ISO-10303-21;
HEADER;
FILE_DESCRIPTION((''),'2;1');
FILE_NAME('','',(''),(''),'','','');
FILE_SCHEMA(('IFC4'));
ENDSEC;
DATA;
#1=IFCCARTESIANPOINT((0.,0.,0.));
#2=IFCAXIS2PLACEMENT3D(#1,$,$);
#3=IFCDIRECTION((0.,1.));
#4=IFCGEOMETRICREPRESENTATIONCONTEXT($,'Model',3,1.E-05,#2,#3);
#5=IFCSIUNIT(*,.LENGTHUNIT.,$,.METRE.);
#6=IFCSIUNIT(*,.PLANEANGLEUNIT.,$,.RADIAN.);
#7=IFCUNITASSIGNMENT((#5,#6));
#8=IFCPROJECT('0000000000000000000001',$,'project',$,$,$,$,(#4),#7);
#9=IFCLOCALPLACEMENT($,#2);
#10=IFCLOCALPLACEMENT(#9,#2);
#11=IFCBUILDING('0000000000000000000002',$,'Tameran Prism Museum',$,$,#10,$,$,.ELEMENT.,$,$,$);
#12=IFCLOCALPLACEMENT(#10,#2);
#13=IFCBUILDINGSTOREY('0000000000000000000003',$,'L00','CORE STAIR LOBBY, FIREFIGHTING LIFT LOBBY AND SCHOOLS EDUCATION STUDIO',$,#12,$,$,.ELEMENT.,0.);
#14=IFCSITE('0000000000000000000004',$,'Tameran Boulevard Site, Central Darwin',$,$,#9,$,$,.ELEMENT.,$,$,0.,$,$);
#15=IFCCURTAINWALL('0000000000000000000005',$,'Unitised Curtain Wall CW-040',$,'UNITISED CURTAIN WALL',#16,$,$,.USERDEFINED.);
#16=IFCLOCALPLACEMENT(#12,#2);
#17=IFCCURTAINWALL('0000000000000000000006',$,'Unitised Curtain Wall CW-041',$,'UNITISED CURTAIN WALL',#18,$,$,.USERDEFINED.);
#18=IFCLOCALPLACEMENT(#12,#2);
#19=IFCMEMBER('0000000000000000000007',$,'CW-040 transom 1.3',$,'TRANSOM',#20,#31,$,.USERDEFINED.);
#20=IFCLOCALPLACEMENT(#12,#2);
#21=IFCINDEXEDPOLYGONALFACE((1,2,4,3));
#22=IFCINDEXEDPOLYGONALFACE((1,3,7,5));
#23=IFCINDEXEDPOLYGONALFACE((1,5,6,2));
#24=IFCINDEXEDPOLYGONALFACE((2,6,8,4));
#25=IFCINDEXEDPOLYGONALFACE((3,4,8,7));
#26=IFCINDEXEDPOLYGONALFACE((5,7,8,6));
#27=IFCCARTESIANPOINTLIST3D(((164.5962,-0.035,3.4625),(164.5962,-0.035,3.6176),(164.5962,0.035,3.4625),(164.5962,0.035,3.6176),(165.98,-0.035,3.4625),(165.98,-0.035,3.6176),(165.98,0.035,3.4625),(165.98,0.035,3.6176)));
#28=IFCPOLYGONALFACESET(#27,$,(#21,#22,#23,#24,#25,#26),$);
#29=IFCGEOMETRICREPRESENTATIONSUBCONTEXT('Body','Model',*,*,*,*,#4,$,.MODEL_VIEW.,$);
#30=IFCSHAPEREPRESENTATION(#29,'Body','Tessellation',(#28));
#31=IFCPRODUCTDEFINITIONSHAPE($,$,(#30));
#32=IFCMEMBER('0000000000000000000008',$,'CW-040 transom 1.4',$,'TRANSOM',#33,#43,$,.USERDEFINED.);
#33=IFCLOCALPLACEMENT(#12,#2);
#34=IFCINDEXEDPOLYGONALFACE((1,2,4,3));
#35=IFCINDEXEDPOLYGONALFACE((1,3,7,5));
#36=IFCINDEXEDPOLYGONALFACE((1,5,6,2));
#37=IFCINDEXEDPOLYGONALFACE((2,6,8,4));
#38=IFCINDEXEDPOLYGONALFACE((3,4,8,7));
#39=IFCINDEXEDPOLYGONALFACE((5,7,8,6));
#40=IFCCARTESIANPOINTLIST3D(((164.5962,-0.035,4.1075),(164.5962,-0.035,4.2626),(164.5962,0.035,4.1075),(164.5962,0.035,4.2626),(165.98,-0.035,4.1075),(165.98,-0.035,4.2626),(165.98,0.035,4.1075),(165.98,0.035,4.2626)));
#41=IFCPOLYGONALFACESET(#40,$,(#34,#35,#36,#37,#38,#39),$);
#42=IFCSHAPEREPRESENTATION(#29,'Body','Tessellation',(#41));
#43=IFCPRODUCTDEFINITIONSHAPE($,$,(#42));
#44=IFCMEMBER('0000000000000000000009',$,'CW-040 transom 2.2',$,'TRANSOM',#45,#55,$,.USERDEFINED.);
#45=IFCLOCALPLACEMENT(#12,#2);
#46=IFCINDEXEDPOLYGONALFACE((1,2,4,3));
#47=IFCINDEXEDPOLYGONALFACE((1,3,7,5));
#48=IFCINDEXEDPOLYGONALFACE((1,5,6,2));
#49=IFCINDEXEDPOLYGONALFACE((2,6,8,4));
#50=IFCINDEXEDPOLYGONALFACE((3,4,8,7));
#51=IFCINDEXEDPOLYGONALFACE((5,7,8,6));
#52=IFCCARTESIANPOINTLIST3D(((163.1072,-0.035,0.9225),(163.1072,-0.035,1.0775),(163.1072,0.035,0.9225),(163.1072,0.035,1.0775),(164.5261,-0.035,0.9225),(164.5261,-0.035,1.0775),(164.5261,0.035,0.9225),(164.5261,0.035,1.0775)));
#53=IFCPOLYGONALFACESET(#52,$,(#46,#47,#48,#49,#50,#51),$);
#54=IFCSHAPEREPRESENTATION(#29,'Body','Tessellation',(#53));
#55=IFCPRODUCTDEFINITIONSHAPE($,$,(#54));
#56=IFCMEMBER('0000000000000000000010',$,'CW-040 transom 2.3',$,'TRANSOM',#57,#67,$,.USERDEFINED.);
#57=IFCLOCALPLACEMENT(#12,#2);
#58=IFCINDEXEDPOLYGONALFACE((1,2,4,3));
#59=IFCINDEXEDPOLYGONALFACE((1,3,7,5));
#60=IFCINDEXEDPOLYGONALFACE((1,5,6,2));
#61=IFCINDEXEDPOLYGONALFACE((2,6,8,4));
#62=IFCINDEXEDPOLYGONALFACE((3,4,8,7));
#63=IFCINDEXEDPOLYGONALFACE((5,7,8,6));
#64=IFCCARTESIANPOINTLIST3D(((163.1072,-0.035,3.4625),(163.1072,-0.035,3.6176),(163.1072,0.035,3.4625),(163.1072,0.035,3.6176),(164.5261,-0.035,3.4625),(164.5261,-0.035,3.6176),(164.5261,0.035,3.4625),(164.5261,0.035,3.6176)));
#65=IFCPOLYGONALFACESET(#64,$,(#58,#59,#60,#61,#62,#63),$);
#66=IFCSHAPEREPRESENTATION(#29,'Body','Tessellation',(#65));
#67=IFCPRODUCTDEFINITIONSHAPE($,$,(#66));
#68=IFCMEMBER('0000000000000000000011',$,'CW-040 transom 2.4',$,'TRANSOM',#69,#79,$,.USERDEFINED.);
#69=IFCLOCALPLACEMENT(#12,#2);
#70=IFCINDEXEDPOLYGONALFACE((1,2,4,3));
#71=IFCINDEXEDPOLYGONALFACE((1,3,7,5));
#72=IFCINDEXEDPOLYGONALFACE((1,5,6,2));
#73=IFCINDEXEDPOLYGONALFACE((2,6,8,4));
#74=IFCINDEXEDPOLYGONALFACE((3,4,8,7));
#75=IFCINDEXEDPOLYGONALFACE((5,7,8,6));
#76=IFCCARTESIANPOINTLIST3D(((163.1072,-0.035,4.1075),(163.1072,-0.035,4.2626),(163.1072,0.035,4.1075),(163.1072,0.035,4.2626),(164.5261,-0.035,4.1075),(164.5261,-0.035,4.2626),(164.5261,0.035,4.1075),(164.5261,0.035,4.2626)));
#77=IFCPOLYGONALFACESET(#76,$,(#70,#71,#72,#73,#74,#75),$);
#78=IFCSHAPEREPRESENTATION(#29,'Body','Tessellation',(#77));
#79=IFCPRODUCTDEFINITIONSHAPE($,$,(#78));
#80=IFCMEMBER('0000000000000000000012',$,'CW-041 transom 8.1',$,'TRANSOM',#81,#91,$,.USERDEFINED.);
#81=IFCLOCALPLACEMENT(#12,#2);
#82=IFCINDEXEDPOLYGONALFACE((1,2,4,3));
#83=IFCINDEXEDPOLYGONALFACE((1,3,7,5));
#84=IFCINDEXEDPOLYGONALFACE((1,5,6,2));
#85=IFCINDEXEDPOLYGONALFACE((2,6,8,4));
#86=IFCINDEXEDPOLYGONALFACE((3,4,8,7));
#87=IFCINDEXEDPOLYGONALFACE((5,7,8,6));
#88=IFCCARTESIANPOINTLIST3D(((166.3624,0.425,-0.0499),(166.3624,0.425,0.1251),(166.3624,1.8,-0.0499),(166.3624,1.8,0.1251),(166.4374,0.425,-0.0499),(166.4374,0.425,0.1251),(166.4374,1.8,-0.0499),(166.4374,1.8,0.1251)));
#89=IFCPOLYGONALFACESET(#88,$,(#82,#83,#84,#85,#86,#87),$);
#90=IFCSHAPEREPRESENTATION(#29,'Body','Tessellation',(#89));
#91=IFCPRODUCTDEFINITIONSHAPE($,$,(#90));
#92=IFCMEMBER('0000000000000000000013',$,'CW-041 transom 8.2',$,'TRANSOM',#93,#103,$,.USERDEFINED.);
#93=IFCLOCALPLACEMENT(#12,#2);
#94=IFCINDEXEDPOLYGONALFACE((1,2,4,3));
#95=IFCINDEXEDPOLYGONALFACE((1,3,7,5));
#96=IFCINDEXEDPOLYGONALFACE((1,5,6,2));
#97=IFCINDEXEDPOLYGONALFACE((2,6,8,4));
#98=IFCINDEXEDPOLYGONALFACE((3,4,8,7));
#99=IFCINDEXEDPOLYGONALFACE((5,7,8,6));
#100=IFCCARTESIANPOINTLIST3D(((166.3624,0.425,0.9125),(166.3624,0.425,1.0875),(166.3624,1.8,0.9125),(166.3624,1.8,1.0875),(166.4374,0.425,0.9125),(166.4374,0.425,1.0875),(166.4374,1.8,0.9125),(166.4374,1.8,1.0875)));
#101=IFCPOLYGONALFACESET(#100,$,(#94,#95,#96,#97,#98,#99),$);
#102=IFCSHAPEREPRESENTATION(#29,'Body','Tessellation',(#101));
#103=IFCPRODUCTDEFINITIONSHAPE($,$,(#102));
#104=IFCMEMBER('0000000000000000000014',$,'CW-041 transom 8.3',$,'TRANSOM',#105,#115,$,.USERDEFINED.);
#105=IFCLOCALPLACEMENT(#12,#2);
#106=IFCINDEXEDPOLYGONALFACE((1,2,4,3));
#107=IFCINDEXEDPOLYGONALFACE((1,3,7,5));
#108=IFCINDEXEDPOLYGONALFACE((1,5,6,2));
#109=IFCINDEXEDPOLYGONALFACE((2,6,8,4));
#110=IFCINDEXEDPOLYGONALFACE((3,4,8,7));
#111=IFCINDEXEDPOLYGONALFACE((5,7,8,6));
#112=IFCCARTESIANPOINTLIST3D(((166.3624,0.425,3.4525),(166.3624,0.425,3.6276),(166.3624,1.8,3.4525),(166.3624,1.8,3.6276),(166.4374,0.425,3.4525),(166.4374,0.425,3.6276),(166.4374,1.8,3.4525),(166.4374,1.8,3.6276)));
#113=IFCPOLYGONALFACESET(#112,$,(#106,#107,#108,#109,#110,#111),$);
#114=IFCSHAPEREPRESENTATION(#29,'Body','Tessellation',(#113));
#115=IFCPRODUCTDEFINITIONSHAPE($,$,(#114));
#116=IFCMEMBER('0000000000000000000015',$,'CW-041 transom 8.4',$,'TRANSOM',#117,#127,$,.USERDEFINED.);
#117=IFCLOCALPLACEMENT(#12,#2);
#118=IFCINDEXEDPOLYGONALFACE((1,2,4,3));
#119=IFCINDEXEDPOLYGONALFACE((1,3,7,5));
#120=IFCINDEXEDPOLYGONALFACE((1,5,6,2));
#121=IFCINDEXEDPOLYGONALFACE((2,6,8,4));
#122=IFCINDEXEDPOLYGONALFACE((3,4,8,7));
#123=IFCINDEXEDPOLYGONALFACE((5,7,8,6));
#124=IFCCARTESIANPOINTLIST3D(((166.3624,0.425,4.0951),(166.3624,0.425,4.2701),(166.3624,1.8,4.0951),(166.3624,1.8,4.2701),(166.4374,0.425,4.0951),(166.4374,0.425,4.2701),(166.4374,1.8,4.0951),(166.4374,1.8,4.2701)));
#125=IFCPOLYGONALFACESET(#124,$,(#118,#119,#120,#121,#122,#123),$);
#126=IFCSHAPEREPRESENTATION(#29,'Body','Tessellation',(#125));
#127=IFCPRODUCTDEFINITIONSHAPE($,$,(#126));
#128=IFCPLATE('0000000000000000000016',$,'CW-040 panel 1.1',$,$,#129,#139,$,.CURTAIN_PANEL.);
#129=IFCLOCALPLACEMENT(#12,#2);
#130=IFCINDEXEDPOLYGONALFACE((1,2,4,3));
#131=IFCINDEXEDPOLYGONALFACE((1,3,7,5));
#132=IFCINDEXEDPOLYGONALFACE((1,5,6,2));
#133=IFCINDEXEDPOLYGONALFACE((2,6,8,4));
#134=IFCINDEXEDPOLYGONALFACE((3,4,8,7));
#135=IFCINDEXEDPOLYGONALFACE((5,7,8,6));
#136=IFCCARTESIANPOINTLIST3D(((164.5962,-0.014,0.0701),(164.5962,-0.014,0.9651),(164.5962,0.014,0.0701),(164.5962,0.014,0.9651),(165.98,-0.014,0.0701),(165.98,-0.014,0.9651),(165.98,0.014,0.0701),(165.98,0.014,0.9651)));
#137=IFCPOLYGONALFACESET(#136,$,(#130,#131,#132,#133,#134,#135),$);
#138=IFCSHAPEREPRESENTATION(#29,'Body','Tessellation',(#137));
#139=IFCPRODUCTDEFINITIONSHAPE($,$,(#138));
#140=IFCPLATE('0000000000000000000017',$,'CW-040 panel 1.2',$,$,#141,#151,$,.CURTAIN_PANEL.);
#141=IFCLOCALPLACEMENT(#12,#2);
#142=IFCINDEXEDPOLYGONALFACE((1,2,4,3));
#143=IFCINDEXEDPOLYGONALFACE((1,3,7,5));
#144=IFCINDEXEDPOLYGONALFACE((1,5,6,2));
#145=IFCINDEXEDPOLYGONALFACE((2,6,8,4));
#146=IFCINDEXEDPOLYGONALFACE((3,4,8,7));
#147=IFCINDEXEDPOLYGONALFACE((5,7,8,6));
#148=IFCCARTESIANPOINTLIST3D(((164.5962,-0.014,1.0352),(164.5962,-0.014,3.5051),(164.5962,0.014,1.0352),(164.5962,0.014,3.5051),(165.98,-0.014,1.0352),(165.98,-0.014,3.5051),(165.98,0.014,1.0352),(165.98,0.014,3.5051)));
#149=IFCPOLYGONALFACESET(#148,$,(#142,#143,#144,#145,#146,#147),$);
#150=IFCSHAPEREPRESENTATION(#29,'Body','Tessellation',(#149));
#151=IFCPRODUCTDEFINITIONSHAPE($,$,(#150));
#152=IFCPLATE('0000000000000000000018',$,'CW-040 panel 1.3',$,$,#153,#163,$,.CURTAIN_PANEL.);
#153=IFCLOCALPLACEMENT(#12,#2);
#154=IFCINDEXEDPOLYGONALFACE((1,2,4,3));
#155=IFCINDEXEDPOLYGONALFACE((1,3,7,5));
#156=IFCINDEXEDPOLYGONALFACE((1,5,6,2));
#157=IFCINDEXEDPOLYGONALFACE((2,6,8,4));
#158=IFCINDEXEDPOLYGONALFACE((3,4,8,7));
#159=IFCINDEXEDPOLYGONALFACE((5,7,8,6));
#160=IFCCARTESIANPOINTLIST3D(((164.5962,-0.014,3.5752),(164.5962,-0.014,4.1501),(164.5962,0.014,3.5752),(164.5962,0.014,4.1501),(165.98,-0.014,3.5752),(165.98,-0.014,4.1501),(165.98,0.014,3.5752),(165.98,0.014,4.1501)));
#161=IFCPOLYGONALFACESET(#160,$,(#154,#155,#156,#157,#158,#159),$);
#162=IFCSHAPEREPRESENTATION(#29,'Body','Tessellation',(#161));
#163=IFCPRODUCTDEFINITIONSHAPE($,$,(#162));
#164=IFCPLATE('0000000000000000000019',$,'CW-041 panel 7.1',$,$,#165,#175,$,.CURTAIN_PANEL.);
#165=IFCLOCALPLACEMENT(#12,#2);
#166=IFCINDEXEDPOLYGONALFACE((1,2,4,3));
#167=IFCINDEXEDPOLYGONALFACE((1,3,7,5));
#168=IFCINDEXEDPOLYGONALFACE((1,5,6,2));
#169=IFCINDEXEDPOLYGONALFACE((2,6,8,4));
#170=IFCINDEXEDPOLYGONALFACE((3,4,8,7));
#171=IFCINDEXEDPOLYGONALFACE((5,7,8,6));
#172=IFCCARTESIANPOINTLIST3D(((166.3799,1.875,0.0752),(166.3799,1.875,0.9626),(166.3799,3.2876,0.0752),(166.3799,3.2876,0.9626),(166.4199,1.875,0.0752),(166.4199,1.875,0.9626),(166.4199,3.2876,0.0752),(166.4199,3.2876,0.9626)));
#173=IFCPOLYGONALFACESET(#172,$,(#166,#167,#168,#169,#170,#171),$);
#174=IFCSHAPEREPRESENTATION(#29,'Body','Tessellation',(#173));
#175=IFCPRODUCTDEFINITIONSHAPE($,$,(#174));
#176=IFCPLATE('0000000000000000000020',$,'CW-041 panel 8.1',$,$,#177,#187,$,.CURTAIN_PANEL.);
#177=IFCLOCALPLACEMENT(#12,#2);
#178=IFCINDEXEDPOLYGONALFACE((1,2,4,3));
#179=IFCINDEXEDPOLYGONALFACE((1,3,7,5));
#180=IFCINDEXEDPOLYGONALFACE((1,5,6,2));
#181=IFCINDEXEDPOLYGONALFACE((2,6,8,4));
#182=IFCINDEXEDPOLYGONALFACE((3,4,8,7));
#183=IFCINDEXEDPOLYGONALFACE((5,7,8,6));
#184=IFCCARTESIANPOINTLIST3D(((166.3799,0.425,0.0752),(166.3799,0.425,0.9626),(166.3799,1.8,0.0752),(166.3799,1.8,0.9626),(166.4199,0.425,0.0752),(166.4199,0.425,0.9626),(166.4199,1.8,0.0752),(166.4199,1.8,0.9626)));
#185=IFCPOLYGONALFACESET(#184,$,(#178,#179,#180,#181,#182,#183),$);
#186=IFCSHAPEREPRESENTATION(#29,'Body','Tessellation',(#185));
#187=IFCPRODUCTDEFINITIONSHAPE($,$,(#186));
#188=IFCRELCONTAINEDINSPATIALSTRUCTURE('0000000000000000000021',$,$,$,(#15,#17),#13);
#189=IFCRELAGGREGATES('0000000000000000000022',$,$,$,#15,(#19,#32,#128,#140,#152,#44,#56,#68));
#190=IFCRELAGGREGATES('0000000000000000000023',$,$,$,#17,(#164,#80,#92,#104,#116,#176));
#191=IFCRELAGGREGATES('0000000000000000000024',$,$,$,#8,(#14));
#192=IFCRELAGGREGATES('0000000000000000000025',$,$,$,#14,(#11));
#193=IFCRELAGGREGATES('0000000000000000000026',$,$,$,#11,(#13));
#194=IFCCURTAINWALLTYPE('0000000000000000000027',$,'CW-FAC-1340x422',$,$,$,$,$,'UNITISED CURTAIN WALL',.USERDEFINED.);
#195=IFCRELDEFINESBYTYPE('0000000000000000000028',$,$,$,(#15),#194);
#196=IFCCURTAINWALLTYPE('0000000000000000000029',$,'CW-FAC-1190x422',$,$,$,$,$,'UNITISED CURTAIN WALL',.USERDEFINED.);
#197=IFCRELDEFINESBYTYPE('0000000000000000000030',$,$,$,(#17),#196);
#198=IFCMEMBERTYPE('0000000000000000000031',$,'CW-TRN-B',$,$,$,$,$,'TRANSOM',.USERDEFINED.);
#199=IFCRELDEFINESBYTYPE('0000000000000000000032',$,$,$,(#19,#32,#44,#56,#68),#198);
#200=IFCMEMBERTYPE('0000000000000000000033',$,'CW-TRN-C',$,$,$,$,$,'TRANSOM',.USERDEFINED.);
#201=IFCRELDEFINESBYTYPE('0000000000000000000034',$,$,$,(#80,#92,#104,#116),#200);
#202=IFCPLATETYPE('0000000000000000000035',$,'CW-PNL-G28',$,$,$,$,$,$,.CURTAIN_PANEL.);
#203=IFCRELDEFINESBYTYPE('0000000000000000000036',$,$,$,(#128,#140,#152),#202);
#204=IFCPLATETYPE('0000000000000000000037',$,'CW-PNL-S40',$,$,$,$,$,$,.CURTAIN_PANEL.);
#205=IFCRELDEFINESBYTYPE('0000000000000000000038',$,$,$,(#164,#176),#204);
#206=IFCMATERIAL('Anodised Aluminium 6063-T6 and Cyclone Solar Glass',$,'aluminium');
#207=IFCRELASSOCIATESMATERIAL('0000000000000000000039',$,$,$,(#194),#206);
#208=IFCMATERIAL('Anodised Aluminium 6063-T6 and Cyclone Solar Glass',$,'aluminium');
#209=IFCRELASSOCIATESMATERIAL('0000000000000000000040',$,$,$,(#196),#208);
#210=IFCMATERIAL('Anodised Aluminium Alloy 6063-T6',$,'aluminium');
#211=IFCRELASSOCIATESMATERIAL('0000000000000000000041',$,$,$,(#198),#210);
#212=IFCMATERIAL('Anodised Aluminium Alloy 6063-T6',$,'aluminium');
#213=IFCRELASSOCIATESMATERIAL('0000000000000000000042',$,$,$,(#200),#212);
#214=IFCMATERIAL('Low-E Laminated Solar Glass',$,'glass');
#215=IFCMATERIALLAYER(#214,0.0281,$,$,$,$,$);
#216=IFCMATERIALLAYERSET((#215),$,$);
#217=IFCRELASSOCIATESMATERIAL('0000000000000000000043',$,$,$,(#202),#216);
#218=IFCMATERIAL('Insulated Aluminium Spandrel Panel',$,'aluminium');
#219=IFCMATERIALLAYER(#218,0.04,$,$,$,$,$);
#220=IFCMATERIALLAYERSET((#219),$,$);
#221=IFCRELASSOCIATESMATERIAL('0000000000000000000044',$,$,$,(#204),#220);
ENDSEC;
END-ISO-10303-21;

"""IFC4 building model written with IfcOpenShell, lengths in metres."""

from ifc_helpers import new_model, si_unit, direction, frame, origin, origin_2d, place, context, subcontext, project, spatial, rectangle, extrude, material, layer, layer_set, material_profile, profile_set, type_object, element, aggregate, save


model = new_model("IFC4")

# Units and contexts
model_context = context("Model", 3, precision=1e-05, world=origin(), true_north=direction((0.0, 1.0)))
body_context = subcontext(model_context, "Body", "Model", "MODEL_VIEW")
ifc_project = project(units=[si_unit("LENGTHUNIT", "METRE"), si_unit("PLANEANGLEUNIT", "RADIAN")], contexts=[model_context])

# Site, building, storey
site_placement = place(None, origin())
site = spatial("IfcSite", under=ifc_project, at=site_placement, Name="Tameran Boulevard Site, Central Darwin", CompositionType="ELEMENT", RefElevation=0.0)
building_placement = place(site_placement, origin())
building = spatial("IfcBuilding", under=site, at=building_placement, Name="Tameran Prism Museum", CompositionType="ELEMENT")
storey_placement = place(building_placement, origin())
storey = spatial("IfcBuildingStorey", under=building, at=storey_placement, Name="L00", Description="CORE STAIR LOBBY, FIREFIGHTING LIFT LOBBY AND SCHOOLS EDUCATION STUDIO", CompositionType="ELEMENT", Elevation=0.0)

# Curtain walls
ifc_material_1 = material(Name="Anodised Aluminium 6063-T6 and Cyclone Solar Glass", Category="aluminium")
curtain_wall_type_1 = type_object("IfcCurtainWallType", Name="CW-FAC-1340x422", ElementType="UNITISED CURTAIN WALL", PredefinedType="USERDEFINED", material=ifc_material_1)
curtain_wall_1_placement = place(storey_placement, origin())
curtain_wall_1 = element("IfcCurtainWall", 1, at=curtain_wall_1_placement, inside=storey, type_object=curtain_wall_type_1, Name="Unitised Curtain Wall CW-040", ObjectType="UNITISED CURTAIN WALL", PredefinedType="USERDEFINED")
ifc_material_2 = material(Name="Anodised Aluminium 6063-T6 and Cyclone Solar Glass", Category="aluminium")
curtain_wall_type_2 = type_object("IfcCurtainWallType", Name="CW-FAC-1190x422", ElementType="UNITISED CURTAIN WALL", PredefinedType="USERDEFINED", material=ifc_material_2)
curtain_wall_2_placement = place(storey_placement, origin())
curtain_wall_2 = element("IfcCurtainWall", 2, at=curtain_wall_2_placement, inside=storey, type_object=curtain_wall_type_2, Name="Unitised Curtain Wall CW-041", ObjectType="UNITISED CURTAIN WALL", PredefinedType="USERDEFINED")

# Members
ifc_material_3 = material(Name="Anodised Aluminium Alloy 6063-T6", Category="aluminium")
ifc_material_profile_1 = material_profile(ifc_material_3, rectangle(XDim=0.0701, YDim=0.155, at=origin_2d()))
ifc_profile_set_1 = profile_set([ifc_material_profile_1])
member_type_1 = type_object("IfcMemberType", Name="CW-TRN-B", ElementType="TRANSOM", PredefinedType="USERDEFINED", material=ifc_profile_set_1)
member_1_placement = place(storey_placement, frame((165.98, 0.0, 3.54), z_axis=(-1.0, 0.0, 0.0), x_axis=(0.0, -1.0, 0.0)))
member_1 = element("IfcMember", 3, at=member_1_placement, type_object=member_type_1, Name="CW-040 transom 1.3", ObjectType="TRANSOM", PredefinedType="USERDEFINED", context=body_context, shape_type="SweptSolid", body=[
    extrude(rectangle(XDim=0.0701, YDim=0.155, at=origin_2d()), origin(), (0.0, 0.0, 1.0), 1.3838),
])
member_2_placement = place(storey_placement, frame((165.98, 0.0, 4.1851), z_axis=(-1.0, 0.0, 0.0), x_axis=(0.0, -1.0, 0.0)))
member_2 = element("IfcMember", 4, at=member_2_placement, type_object=member_type_1, Name="CW-040 transom 1.4", ObjectType="TRANSOM", PredefinedType="USERDEFINED", context=body_context, shape_type="SweptSolid", body=[
    extrude(rectangle(XDim=0.0701, YDim=0.155, at=origin_2d()), origin(), (0.0, 0.0, 1.0), 1.3838),
])
member_3_placement = place(storey_placement, frame((164.5261, 0.0, 1.0), z_axis=(-1.0, 0.0, 0.0), x_axis=(0.0, -1.0, 0.0)))
member_3 = element("IfcMember", 5, at=member_3_placement, type_object=member_type_1, Name="CW-040 transom 2.2", ObjectType="TRANSOM", PredefinedType="USERDEFINED", context=body_context, shape_type="SweptSolid", body=[
    extrude(rectangle(XDim=0.0701, YDim=0.155, at=origin_2d()), origin(), (0.0, 0.0, 1.0), 1.4189),
])
member_4_placement = place(storey_placement, frame((164.5261, 0.0, 3.54), z_axis=(-1.0, 0.0, 0.0), x_axis=(0.0, -1.0, 0.0)))
member_4 = element("IfcMember", 6, at=member_4_placement, type_object=member_type_1, Name="CW-040 transom 2.3", ObjectType="TRANSOM", PredefinedType="USERDEFINED", context=body_context, shape_type="SweptSolid", body=[
    extrude(rectangle(XDim=0.0701, YDim=0.155, at=origin_2d()), origin(), (0.0, 0.0, 1.0), 1.4189),
])
member_5_placement = place(storey_placement, frame((164.5261, 0.0, 4.1851), z_axis=(-1.0, 0.0, 0.0), x_axis=(0.0, -1.0, 0.0)))
member_5 = element("IfcMember", 7, at=member_5_placement, type_object=member_type_1, Name="CW-040 transom 2.4", ObjectType="TRANSOM", PredefinedType="USERDEFINED", context=body_context, shape_type="SweptSolid", body=[
    extrude(rectangle(XDim=0.0701, YDim=0.155, at=origin_2d()), origin(), (0.0, 0.0, 1.0), 1.4189),
])
ifc_material_4 = material(Name="Anodised Aluminium Alloy 6063-T6", Category="aluminium")
ifc_material_profile_2 = material_profile(ifc_material_4, rectangle(XDim=0.075, YDim=0.175, at=origin_2d()))
ifc_profile_set_2 = profile_set([ifc_material_profile_2])
member_type_2 = type_object("IfcMemberType", Name="CW-TRN-C", ElementType="TRANSOM", PredefinedType="USERDEFINED", material=ifc_profile_set_2)
member_6_placement = place(storey_placement, frame((166.3999, 1.8, 0.0376), z_axis=(0.0, -1.0, 0.0), x_axis=(1.0, 0.0, 0.0)))
member_6 = element("IfcMember", 8, at=member_6_placement, type_object=member_type_2, Name="CW-041 transom 8.1", ObjectType="TRANSOM", PredefinedType="USERDEFINED", context=body_context, shape_type="SweptSolid", body=[
    extrude(rectangle(XDim=0.075, YDim=0.175, at=origin_2d()), origin(), (0.0, 0.0, 1.0), 1.375),
])
member_7_placement = place(storey_placement, frame((166.3999, 1.8, 1.0), z_axis=(0.0, -1.0, 0.0), x_axis=(1.0, 0.0, 0.0)))
member_7 = element("IfcMember", 9, at=member_7_placement, type_object=member_type_2, Name="CW-041 transom 8.2", ObjectType="TRANSOM", PredefinedType="USERDEFINED", context=body_context, shape_type="SweptSolid", body=[
    extrude(rectangle(XDim=0.075, YDim=0.175, at=origin_2d()), origin(), (0.0, 0.0, 1.0), 1.375),
])
member_8_placement = place(storey_placement, frame((166.3999, 1.8, 3.54), z_axis=(0.0, -1.0, 0.0), x_axis=(1.0, 0.0, 0.0)))
member_8 = element("IfcMember", 10, at=member_8_placement, type_object=member_type_2, Name="CW-041 transom 8.3", ObjectType="TRANSOM", PredefinedType="USERDEFINED", context=body_context, shape_type="SweptSolid", body=[
    extrude(rectangle(XDim=0.075, YDim=0.175, at=origin_2d()), origin(), (0.0, 0.0, 1.0), 1.375),
])
member_9_placement = place(storey_placement, frame((166.3999, 1.8, 4.1826), z_axis=(0.0, -1.0, 0.0), x_axis=(1.0, 0.0, 0.0)))
member_9 = element("IfcMember", 11, at=member_9_placement, type_object=member_type_2, Name="CW-041 transom 8.4", ObjectType="TRANSOM", PredefinedType="USERDEFINED", context=body_context, shape_type="SweptSolid", body=[
    extrude(rectangle(XDim=0.075, YDim=0.175, at=origin_2d()), origin(), (0.0, 0.0, 1.0), 1.375),
])

# Plates
ifc_material_5 = material(Name="Low-E Laminated Solar Glass", Category="glass")
ifc_layer_1 = layer(ifc_material_5, 0.0281)
ifc_layer_set_1 = layer_set([ifc_layer_1])
plate_type_1 = type_object("IfcPlateType", Name="CW-PNL-G28", PredefinedType="CURTAIN_PANEL", material=ifc_layer_set_1)
plate_1_placement = place(storey_placement, frame((165.2881, 0.0, 0.0701), z_axis=(0.0, 0.0, 1.0), x_axis=(-1.0, 0.0, 0.0)))
plate_1 = element("IfcPlate", 12, at=plate_1_placement, type_object=plate_type_1, Name="CW-040 panel 1.1", PredefinedType="CURTAIN_PANEL", context=body_context, shape_type="SweptSolid", body=[
    extrude(rectangle(XDim=1.3838, YDim=0.0281, at=origin_2d()), origin(), (0.0, 0.0, 1.0), 0.895),
])
plate_2_placement = place(storey_placement, frame((165.2881, 0.0, 1.0352), z_axis=(0.0, 0.0, 1.0), x_axis=(-1.0, 0.0, 0.0)))
plate_2 = element("IfcPlate", 13, at=plate_2_placement, type_object=plate_type_1, Name="CW-040 panel 1.2", PredefinedType="CURTAIN_PANEL", context=body_context, shape_type="SweptSolid", body=[
    extrude(rectangle(XDim=1.3838, YDim=0.0281, at=origin_2d()), origin(), (0.0, 0.0, 1.0), 2.47),
])
plate_3_placement = place(storey_placement, frame((165.2881, 0.0, 3.5752), z_axis=(0.0, 0.0, 1.0), x_axis=(-1.0, 0.0, 0.0)))
plate_3 = element("IfcPlate", 14, at=plate_3_placement, type_object=plate_type_1, Name="CW-040 panel 1.3", PredefinedType="CURTAIN_PANEL", context=body_context, shape_type="SweptSolid", body=[
    extrude(rectangle(XDim=1.3838, YDim=0.0281, at=origin_2d()), origin(), (0.0, 0.0, 1.0), 0.575),
])
aggregate(curtain_wall_1, [member_1, member_2, plate_1, plate_2, plate_3, member_3, member_4, member_5])
ifc_material_6 = material(Name="Insulated Aluminium Spandrel Panel", Category="aluminium")
ifc_layer_2 = layer(ifc_material_6, 0.04)
ifc_layer_set_2 = layer_set([ifc_layer_2])
plate_type_2 = type_object("IfcPlateType", Name="CW-PNL-S40", PredefinedType="CURTAIN_PANEL", material=ifc_layer_set_2)
plate_4_placement = place(storey_placement, frame((166.3999, 2.5813, 0.0752), z_axis=(0.0, 0.0, 1.0), x_axis=(0.0, -1.0, 0.0)))
plate_4 = element("IfcPlate", 15, at=plate_4_placement, type_object=plate_type_2, Name="CW-041 panel 7.1", PredefinedType="CURTAIN_PANEL", context=body_context, shape_type="SweptSolid", body=[
    extrude(rectangle(XDim=1.4126, YDim=0.04, at=origin_2d()), origin(), (0.0, 0.0, 1.0), 0.8875),
])
plate_5_placement = place(storey_placement, frame((166.3999, 1.1125, 0.0752), z_axis=(0.0, 0.0, 1.0), x_axis=(0.0, -1.0, 0.0)))
plate_5 = element("IfcPlate", 16, at=plate_5_placement, type_object=plate_type_2, Name="CW-041 panel 8.1", PredefinedType="CURTAIN_PANEL", context=body_context, shape_type="SweptSolid", body=[
    extrude(rectangle(XDim=1.375, YDim=0.04, at=origin_2d()), origin(), (0.0, 0.0, 1.0), 0.8875),
])
aggregate(curtain_wall_2, [plate_4, member_6, member_7, member_8, member_9, plate_5])

save(model, "model.ifc")
